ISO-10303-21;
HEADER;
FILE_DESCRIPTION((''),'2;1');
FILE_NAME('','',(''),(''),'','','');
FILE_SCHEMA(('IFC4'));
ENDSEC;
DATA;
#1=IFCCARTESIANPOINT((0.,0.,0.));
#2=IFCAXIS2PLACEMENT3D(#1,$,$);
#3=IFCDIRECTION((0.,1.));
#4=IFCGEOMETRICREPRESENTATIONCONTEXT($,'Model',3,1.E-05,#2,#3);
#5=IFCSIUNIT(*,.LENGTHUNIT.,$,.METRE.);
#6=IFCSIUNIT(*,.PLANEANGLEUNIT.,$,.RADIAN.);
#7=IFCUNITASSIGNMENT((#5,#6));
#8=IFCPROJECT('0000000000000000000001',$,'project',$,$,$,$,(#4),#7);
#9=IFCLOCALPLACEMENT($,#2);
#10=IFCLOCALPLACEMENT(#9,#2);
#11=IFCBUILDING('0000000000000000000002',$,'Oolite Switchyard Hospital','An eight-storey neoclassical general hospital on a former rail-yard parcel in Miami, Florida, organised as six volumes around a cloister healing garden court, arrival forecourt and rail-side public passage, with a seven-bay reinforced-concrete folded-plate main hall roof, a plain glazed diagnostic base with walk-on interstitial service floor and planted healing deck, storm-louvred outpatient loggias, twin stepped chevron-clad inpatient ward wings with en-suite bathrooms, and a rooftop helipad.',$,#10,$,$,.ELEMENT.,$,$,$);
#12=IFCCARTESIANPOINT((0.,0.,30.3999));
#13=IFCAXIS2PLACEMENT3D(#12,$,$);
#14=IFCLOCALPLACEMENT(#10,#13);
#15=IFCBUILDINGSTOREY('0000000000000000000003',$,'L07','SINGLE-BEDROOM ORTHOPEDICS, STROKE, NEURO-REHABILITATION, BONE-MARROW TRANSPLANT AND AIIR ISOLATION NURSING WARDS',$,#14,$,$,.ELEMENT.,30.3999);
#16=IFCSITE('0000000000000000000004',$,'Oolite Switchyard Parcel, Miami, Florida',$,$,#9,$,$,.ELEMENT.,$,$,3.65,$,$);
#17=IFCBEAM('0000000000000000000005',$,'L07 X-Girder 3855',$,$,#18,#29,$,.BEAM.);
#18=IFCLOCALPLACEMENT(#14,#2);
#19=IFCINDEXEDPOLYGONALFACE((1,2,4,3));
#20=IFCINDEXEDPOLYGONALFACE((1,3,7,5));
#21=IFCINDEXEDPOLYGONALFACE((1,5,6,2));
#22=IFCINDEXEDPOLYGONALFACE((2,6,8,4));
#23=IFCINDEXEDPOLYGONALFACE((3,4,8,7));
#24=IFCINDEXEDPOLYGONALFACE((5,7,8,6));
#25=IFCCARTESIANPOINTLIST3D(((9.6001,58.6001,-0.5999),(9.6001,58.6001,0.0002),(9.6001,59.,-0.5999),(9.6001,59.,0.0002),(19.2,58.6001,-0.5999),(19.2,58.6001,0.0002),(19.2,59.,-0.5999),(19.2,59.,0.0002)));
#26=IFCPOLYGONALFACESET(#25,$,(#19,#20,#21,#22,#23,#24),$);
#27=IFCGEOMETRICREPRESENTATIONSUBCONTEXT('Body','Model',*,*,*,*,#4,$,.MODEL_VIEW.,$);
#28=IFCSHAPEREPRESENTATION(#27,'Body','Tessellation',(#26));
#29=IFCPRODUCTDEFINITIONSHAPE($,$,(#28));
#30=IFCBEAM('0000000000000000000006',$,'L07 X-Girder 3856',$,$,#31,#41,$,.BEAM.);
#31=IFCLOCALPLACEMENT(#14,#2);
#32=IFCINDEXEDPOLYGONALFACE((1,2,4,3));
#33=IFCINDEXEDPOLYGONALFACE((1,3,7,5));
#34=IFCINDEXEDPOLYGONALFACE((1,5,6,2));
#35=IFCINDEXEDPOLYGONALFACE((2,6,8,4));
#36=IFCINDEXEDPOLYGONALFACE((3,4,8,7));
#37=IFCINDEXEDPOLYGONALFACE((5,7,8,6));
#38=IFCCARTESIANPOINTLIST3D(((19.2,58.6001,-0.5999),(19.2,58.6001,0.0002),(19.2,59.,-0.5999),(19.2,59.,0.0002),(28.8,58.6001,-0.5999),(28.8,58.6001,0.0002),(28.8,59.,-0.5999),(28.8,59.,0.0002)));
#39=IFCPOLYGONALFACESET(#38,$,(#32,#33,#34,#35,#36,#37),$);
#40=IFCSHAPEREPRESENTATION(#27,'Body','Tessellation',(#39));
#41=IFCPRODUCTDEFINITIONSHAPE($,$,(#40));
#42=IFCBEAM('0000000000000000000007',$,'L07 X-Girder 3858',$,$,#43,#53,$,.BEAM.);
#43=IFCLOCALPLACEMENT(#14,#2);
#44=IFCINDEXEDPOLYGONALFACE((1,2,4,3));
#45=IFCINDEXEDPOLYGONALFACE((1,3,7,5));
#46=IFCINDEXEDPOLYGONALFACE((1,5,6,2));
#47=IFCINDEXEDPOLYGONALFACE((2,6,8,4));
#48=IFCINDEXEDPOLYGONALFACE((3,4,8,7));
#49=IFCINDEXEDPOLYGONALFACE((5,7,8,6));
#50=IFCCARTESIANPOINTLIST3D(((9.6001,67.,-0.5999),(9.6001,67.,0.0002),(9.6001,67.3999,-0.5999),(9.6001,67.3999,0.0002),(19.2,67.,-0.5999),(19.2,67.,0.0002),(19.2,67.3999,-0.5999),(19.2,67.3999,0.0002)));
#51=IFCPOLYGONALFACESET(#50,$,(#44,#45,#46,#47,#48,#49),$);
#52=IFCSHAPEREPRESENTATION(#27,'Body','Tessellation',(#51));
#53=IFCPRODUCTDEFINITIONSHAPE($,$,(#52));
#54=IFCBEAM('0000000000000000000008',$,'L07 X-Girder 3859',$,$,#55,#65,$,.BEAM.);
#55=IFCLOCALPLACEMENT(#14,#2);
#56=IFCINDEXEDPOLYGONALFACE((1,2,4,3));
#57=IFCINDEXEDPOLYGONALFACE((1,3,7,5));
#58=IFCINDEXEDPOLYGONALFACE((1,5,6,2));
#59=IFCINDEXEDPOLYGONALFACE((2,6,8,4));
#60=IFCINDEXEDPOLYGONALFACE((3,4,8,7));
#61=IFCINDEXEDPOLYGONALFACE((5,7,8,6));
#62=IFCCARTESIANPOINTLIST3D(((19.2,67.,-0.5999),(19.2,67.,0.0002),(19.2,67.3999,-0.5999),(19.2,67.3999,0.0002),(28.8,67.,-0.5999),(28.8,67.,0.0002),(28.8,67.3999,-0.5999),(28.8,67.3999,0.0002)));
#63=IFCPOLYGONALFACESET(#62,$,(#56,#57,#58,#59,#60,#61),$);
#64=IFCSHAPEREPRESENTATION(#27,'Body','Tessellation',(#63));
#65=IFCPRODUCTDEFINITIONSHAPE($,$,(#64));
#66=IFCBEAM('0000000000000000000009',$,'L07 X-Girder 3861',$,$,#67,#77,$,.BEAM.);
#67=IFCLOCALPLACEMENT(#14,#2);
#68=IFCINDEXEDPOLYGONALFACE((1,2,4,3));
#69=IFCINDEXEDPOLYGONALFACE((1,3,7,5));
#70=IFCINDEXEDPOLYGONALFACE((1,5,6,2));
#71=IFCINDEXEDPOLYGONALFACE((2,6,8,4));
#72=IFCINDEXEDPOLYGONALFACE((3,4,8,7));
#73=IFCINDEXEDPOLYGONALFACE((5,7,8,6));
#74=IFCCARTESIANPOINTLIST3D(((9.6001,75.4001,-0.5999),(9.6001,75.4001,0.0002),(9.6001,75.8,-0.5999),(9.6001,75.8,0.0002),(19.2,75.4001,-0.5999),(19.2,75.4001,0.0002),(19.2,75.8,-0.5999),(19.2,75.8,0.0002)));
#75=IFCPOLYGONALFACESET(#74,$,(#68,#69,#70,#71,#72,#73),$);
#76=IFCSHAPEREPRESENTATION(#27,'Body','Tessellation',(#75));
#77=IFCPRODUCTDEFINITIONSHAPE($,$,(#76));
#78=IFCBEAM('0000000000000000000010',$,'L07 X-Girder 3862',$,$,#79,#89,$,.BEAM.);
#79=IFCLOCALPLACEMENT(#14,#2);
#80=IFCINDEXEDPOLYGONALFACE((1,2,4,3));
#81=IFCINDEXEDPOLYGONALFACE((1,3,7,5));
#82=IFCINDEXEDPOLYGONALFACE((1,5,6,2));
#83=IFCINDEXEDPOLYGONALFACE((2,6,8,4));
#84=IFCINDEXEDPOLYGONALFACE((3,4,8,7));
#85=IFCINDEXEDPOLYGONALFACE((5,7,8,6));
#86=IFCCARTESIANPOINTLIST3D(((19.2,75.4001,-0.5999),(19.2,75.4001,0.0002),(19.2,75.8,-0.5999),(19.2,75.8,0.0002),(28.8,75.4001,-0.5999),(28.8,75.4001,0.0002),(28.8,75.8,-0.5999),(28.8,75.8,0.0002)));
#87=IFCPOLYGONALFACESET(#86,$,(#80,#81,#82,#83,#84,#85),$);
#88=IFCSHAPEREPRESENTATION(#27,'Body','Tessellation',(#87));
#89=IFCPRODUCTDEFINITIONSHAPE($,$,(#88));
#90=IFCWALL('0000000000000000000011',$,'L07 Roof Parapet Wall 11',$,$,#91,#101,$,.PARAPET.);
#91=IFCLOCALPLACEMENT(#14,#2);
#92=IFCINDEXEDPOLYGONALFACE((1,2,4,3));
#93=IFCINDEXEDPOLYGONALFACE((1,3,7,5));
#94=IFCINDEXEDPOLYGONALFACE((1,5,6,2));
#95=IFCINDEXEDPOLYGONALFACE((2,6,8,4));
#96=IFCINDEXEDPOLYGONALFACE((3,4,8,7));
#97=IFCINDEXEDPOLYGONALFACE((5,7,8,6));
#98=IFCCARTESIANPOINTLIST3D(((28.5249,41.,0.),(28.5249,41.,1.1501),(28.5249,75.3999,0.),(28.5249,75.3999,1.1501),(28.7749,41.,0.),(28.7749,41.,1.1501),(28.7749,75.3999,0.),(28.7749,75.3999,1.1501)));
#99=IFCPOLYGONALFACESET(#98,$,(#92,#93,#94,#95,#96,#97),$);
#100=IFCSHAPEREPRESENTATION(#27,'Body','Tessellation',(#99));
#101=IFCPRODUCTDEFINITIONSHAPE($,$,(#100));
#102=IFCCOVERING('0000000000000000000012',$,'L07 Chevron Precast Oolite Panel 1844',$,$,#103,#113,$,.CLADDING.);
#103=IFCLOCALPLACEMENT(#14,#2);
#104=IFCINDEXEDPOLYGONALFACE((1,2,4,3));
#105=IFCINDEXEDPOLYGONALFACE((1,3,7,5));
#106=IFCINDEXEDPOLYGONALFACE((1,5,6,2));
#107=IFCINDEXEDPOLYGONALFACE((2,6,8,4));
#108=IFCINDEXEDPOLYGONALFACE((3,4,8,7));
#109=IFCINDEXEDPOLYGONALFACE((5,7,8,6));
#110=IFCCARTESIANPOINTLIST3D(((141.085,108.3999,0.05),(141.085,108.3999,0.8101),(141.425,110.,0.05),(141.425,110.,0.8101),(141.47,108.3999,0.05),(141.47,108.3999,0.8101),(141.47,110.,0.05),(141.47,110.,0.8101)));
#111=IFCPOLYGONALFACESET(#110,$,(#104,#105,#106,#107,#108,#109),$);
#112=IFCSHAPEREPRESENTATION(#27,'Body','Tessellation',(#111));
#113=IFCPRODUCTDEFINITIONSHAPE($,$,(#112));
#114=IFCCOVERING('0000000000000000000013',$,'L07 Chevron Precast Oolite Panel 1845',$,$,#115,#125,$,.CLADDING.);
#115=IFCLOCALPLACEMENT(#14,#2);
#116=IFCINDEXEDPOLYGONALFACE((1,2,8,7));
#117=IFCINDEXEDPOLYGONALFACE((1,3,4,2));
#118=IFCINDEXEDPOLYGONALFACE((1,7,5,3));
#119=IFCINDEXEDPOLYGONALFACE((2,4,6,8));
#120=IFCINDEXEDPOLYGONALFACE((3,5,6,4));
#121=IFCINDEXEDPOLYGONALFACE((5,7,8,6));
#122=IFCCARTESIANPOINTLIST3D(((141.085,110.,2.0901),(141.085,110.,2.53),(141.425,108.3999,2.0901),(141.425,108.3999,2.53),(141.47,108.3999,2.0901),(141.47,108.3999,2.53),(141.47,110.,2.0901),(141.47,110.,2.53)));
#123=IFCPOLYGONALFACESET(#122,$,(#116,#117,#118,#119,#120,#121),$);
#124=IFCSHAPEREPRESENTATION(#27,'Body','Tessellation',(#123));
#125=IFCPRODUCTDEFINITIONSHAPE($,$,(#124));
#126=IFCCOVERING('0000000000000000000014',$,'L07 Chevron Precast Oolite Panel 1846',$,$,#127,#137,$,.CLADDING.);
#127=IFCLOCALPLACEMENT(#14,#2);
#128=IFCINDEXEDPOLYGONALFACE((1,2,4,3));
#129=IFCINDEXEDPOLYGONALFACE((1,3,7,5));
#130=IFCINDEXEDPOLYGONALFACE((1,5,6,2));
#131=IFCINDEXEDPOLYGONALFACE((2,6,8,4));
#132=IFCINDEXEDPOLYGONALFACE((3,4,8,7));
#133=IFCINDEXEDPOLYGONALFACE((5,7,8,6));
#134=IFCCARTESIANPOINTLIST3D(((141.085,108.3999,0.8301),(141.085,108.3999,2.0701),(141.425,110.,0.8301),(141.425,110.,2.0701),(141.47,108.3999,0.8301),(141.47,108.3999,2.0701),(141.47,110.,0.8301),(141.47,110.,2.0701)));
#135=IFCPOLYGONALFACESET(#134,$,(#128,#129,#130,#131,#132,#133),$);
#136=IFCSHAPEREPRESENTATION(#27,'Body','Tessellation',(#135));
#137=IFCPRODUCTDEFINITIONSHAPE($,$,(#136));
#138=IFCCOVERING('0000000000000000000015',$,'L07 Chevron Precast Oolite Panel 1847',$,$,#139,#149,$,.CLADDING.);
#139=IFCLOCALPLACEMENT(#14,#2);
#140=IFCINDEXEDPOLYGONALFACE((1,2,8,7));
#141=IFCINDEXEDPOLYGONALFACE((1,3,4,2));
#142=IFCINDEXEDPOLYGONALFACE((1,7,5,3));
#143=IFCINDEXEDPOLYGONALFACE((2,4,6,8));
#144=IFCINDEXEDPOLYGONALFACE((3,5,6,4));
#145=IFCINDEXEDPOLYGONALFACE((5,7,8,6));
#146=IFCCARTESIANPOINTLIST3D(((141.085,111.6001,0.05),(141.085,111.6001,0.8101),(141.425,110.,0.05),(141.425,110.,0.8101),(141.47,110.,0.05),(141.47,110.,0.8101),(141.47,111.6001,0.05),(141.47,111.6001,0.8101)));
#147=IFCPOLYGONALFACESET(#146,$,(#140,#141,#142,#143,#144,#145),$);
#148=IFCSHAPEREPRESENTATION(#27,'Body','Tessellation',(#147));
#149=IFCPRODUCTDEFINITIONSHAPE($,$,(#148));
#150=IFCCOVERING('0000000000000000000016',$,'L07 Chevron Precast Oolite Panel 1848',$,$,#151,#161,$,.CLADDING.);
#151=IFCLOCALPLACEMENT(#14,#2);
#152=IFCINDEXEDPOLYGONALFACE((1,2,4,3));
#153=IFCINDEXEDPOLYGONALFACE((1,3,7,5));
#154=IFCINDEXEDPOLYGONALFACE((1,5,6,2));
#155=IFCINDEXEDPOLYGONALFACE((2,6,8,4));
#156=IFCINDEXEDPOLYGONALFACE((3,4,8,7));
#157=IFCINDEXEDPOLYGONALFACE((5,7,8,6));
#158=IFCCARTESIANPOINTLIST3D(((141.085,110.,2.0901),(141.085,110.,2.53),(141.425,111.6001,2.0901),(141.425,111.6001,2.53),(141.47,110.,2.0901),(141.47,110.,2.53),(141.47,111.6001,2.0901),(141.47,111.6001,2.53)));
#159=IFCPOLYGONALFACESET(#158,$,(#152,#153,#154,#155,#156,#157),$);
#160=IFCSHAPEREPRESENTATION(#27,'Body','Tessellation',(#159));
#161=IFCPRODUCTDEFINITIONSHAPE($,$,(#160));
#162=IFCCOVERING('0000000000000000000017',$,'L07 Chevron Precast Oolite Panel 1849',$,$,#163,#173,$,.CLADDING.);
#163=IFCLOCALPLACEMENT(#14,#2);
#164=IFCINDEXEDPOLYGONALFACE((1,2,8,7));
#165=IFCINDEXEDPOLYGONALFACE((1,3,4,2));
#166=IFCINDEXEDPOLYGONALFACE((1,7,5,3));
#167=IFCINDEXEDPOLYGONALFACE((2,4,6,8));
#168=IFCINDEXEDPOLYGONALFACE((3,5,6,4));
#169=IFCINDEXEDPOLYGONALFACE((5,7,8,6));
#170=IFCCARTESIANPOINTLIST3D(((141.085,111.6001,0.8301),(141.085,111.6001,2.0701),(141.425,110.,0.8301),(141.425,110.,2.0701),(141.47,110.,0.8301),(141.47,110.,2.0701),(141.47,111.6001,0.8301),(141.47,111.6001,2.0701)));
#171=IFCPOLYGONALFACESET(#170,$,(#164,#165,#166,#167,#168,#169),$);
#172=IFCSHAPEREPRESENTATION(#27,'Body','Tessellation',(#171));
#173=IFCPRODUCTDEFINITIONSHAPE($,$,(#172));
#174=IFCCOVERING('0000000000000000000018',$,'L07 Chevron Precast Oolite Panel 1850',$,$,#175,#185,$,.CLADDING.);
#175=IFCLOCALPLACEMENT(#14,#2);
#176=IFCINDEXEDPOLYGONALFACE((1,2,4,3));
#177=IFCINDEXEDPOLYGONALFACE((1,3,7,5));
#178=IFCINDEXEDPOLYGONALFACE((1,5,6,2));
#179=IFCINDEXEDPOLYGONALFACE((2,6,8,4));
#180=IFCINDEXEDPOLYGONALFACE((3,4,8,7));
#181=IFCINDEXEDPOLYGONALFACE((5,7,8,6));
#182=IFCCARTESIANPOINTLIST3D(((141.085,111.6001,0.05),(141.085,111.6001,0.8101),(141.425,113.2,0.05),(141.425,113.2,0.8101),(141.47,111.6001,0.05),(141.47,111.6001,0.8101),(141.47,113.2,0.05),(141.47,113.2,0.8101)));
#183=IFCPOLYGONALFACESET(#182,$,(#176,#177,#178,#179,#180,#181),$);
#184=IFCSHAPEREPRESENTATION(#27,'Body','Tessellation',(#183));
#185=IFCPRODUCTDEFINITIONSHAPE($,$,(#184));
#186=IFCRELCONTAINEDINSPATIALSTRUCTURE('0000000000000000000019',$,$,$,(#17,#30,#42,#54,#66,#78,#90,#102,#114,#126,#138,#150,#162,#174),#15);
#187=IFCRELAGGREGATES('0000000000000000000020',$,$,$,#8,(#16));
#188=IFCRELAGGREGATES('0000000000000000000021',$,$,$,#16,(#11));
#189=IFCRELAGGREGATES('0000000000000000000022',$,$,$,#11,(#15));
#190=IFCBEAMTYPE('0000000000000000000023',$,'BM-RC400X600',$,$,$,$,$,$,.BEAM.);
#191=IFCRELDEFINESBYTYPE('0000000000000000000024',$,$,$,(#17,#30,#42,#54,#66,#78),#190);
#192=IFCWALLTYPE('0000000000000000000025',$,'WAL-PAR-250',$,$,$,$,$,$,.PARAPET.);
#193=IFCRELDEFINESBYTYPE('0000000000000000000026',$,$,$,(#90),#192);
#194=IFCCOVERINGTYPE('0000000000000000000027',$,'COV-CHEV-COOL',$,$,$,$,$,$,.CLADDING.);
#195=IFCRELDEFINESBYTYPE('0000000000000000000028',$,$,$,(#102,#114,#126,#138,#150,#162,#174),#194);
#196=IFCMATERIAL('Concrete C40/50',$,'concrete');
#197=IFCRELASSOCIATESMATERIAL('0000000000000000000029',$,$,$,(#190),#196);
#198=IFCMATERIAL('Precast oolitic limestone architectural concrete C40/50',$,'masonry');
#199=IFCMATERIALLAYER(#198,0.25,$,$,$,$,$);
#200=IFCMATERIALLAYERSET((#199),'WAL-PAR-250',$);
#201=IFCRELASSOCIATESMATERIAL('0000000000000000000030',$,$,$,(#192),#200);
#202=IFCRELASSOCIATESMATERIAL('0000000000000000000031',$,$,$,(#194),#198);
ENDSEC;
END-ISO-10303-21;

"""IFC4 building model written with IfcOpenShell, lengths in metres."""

from ifc_helpers import new_model, si_unit, direction, frame, frame_2d, origin, origin_2d, place, context, subcontext, project, spatial, polyline, rectangle, outline, extrude, material, layer, layer_set, material_profile, profile_set, type_object, element, save


model = new_model("IFC4")

# Units and contexts
model_context = context("Model", 3, precision=1e-05, world=origin(), true_north=direction((0.0, 1.0)))
body_context = subcontext(model_context, "Body", "Model", "MODEL_VIEW")
ifc_project = project(units=[si_unit("LENGTHUNIT", "METRE"), si_unit("PLANEANGLEUNIT", "RADIAN")], contexts=[model_context])

# Site, building, storey
site_placement = place(None, origin())
site = spatial("IfcSite", under=ifc_project, at=site_placement, Name="Oolite Switchyard Parcel, Miami, Florida", CompositionType="ELEMENT", RefElevation=3.65)
building_placement = place(site_placement, origin())
building = spatial("IfcBuilding", under=site, at=building_placement, Name="Oolite Switchyard Hospital", Description="An eight-storey neoclassical general hospital on a former rail-yard parcel in Miami, Florida, organised as six volumes around a cloister healing garden court, arrival forecourt and rail-side public passage, with a seven-bay reinforced-concrete folded-plate main hall roof, a plain glazed diagnostic base with walk-on interstitial service floor and planted healing deck, storm-louvred outpatient loggias, twin stepped chevron-clad inpatient ward wings with en-suite bathrooms, and a rooftop helipad.", CompositionType="ELEMENT")
storey_placement = place(building_placement, frame((0.0, 0.0, 30.3999)))
storey = spatial("IfcBuildingStorey", under=building, at=storey_placement, Name="L07", Description="SINGLE-BEDROOM ORTHOPEDICS, STROKE, NEURO-REHABILITATION, BONE-MARROW TRANSPLANT AND AIIR ISOLATION NURSING WARDS", CompositionType="ELEMENT", Elevation=30.3999)

# Beams
ifc_material_1 = material(Name="Concrete C40/50", Category="concrete")
ifc_material_profile_1 = material_profile(ifc_material_1, rectangle(XDim=0.3999, YDim=0.6001, at=origin_2d()), Name="RCB400X600")
ifc_profile_set_1 = profile_set([ifc_material_profile_1], Name="Concrete C40/50")
beam_type_1 = type_object("IfcBeamType", Name="BM-RC400X600", PredefinedType="BEAM", material=ifc_profile_set_1)
beam_1_placement = place(storey_placement, frame((9.6001, 58.8, -0.2998), z_axis=(1.0, 0.0, 0.0), x_axis=(0.0, 1.0, 0.0)))
element("IfcBeam", 1, at=beam_1_placement, inside=storey, type_object=beam_type_1, Name="L07 X-Girder 3855", PredefinedType="BEAM", context=body_context, shape_type="SweptSolid", body=[
    extrude(rectangle(XDim=0.3999, YDim=0.6001, at=origin_2d()), origin(), (0.0, 0.0, 1.0), 9.5999),
])
beam_2_placement = place(storey_placement, frame((19.2, 58.8, -0.2998), z_axis=(1.0, 0.0, 0.0), x_axis=(0.0, 1.0, 0.0)))
element("IfcBeam", 2, at=beam_2_placement, inside=storey, type_object=beam_type_1, Name="L07 X-Girder 3856", PredefinedType="BEAM", context=body_context, shape_type="SweptSolid", body=[
    extrude(rectangle(XDim=0.3999, YDim=0.6001, at=origin_2d()), origin(), (0.0, 0.0, 1.0), 9.6001),
])
beam_3_placement = place(storey_placement, frame((9.6001, 67.2, -0.2998), z_axis=(1.0, 0.0, 0.0), x_axis=(0.0, 1.0, 0.0)))
element("IfcBeam", 3, at=beam_3_placement, inside=storey, type_object=beam_type_1, Name="L07 X-Girder 3858", PredefinedType="BEAM", context=body_context, shape_type="SweptSolid", body=[
    extrude(rectangle(XDim=0.3999, YDim=0.6001, at=origin_2d()), origin(), (0.0, 0.0, 1.0), 9.5999),
])
beam_4_placement = place(storey_placement, frame((19.2, 67.2, -0.2998), z_axis=(1.0, 0.0, 0.0), x_axis=(0.0, 1.0, 0.0)))
element("IfcBeam", 4, at=beam_4_placement, inside=storey, type_object=beam_type_1, Name="L07 X-Girder 3859", PredefinedType="BEAM", context=body_context, shape_type="SweptSolid", body=[
    extrude(rectangle(XDim=0.3999, YDim=0.6001, at=origin_2d()), origin(), (0.0, 0.0, 1.0), 9.6001),
])
beam_5_placement = place(storey_placement, frame((9.6001, 75.6001, -0.2998), z_axis=(1.0, 0.0, 0.0), x_axis=(0.0, 1.0, 0.0)))
element("IfcBeam", 5, at=beam_5_placement, inside=storey, type_object=beam_type_1, Name="L07 X-Girder 3861", PredefinedType="BEAM", context=body_context, shape_type="SweptSolid", body=[
    extrude(rectangle(XDim=0.3999, YDim=0.6001, at=origin_2d()), origin(), (0.0, 0.0, 1.0), 9.5999),
])
beam_6_placement = place(storey_placement, frame((19.2, 75.6001, -0.2998), z_axis=(1.0, 0.0, 0.0), x_axis=(0.0, 1.0, 0.0)))
element("IfcBeam", 6, at=beam_6_placement, inside=storey, type_object=beam_type_1, Name="L07 X-Girder 3862", PredefinedType="BEAM", context=body_context, shape_type="SweptSolid", body=[
    extrude(rectangle(XDim=0.3999, YDim=0.6001, at=origin_2d()), origin(), (0.0, 0.0, 1.0), 9.6001),
])

# Wall
ifc_material_2 = material(Name="Precast oolitic limestone architectural concrete C40/50", Category="masonry")
ifc_layer = layer(ifc_material_2, 0.25)
ifc_layer_set = layer_set([ifc_layer], Name="WAL-PAR-250")
wall_type = type_object("IfcWallType", Name="WAL-PAR-250", PredefinedType="PARAPET", material=ifc_layer_set)
wall_placement = place(storey_placement, frame((28.6499, 41.0, 0.0), z_axis=(0.0, 0.0, 1.0), x_axis=(0.0, 1.0, 0.0)))
element("IfcWall", 7, at=wall_placement, inside=storey, type_object=wall_type, Name="L07 Roof Parapet Wall 11", PredefinedType="PARAPET", context=body_context, shape_type="SweptSolid", body=[
    extrude(rectangle(XDim=34.3999, YDim=0.25, at=frame_2d((17.2, 0.0))), origin(), (0.0, 0.0, 1.0), 1.1501),
])

# Coverings
covering_type = type_object("IfcCoveringType", Name="COV-CHEV-COOL", PredefinedType="CLADDING", material=ifc_material_2)
covering_1_placement = place(storey_placement, frame((141.47, 108.3999, 0.05), z_axis=(0.0, 0.0, 1.0), x_axis=(0.0, 1.0, 0.0)))
element("IfcCovering", 8, at=covering_1_placement, inside=storey, type_object=covering_type, Name="L07 Chevron Precast Oolite Panel 1844", PredefinedType="CLADDING", context=body_context, shape_type="SweptSolid", body=[
    extrude(outline(polyline([(0.0, 0.0), (1.6001, 0.0), (1.6001, 0.0449), (0.0, 0.385), (0.0, 0.0)])), origin(), (0.0, 0.0, 1.0), 0.76),
])
covering_2_placement = place(storey_placement, frame((141.47, 108.3999, 2.0901), z_axis=(0.0, 0.0, 1.0), x_axis=(0.0, 1.0, 0.0)))
element("IfcCovering", 9, at=covering_2_placement, inside=storey, type_object=covering_type, Name="L07 Chevron Precast Oolite Panel 1845", PredefinedType="CLADDING", context=body_context, shape_type="SweptSolid", body=[
    extrude(outline(polyline([(0.0, 0.0), (1.6001, 0.0), (1.6001, 0.385), (0.0, 0.0449), (0.0, 0.0)])), origin(), (0.0, 0.0, 1.0), 0.4399),
])
covering_3_placement = place(storey_placement, frame((141.47, 108.3999, 0.8301), z_axis=(0.0, 0.0, 1.0), x_axis=(0.0, 1.0, 0.0)))
element("IfcCovering", 10, at=covering_3_placement, inside=storey, type_object=covering_type, Name="L07 Chevron Precast Oolite Panel 1846", PredefinedType="CLADDING", context=body_context, shape_type="SweptSolid", body=[
    extrude(outline(polyline([(0.0, 0.0), (1.6001, 0.0), (1.6001, 0.0449), (0.0, 0.385), (0.0, 0.0)])), origin(), (0.0, 0.0, 1.0), 1.24),
])
covering_4_placement = place(storey_placement, frame((141.47, 110.0, 0.05), z_axis=(0.0, 0.0, 1.0), x_axis=(0.0, 1.0, 0.0)))
element("IfcCovering", 11, at=covering_4_placement, inside=storey, type_object=covering_type, Name="L07 Chevron Precast Oolite Panel 1847", PredefinedType="CLADDING", context=body_context, shape_type="SweptSolid", body=[
    extrude(outline(polyline([(0.0, 0.0), (1.6001, 0.0), (1.6001, 0.385), (0.0, 0.0449), (0.0, 0.0)])), origin(), (0.0, 0.0, 1.0), 0.76),
])
covering_5_placement = place(storey_placement, frame((141.47, 110.0, 2.0901), z_axis=(0.0, 0.0, 1.0), x_axis=(0.0, 1.0, 0.0)))
element("IfcCovering", 12, at=covering_5_placement, inside=storey, type_object=covering_type, Name="L07 Chevron Precast Oolite Panel 1848", PredefinedType="CLADDING", context=body_context, shape_type="SweptSolid", body=[
    extrude(outline(polyline([(0.0, 0.0), (1.6001, 0.0), (1.6001, 0.0449), (0.0, 0.385), (0.0, 0.0)])), origin(), (0.0, 0.0, 1.0), 0.4399),
])
covering_6_placement = place(storey_placement, frame((141.47, 110.0, 0.8301), z_axis=(0.0, 0.0, 1.0), x_axis=(0.0, 1.0, 0.0)))
element("IfcCovering", 13, at=covering_6_placement, inside=storey, type_object=covering_type, Name="L07 Chevron Precast Oolite Panel 1849", PredefinedType="CLADDING", context=body_context, shape_type="SweptSolid", body=[
    extrude(outline(polyline([(0.0, 0.0), (1.6001, 0.0), (1.6001, 0.385), (0.0, 0.0449), (0.0, 0.0)])), origin(), (0.0, 0.0, 1.0), 1.24),
])
covering_7_placement = place(storey_placement, frame((141.47, 111.6001, 0.05), z_axis=(0.0, 0.0, 1.0), x_axis=(0.0, 1.0, 0.0)))
element("IfcCovering", 14, at=covering_7_placement, inside=storey, type_object=covering_type, Name="L07 Chevron Precast Oolite Panel 1850", PredefinedType="CLADDING", context=body_context, shape_type="SweptSolid", body=[
    extrude(outline(polyline([(0.0, 0.0), (1.5999, 0.0), (1.5999, 0.0449), (0.0, 0.385), (0.0, 0.0)])), origin(), (0.0, 0.0, 1.0), 0.76),
])

save(model, "model.ifc")
